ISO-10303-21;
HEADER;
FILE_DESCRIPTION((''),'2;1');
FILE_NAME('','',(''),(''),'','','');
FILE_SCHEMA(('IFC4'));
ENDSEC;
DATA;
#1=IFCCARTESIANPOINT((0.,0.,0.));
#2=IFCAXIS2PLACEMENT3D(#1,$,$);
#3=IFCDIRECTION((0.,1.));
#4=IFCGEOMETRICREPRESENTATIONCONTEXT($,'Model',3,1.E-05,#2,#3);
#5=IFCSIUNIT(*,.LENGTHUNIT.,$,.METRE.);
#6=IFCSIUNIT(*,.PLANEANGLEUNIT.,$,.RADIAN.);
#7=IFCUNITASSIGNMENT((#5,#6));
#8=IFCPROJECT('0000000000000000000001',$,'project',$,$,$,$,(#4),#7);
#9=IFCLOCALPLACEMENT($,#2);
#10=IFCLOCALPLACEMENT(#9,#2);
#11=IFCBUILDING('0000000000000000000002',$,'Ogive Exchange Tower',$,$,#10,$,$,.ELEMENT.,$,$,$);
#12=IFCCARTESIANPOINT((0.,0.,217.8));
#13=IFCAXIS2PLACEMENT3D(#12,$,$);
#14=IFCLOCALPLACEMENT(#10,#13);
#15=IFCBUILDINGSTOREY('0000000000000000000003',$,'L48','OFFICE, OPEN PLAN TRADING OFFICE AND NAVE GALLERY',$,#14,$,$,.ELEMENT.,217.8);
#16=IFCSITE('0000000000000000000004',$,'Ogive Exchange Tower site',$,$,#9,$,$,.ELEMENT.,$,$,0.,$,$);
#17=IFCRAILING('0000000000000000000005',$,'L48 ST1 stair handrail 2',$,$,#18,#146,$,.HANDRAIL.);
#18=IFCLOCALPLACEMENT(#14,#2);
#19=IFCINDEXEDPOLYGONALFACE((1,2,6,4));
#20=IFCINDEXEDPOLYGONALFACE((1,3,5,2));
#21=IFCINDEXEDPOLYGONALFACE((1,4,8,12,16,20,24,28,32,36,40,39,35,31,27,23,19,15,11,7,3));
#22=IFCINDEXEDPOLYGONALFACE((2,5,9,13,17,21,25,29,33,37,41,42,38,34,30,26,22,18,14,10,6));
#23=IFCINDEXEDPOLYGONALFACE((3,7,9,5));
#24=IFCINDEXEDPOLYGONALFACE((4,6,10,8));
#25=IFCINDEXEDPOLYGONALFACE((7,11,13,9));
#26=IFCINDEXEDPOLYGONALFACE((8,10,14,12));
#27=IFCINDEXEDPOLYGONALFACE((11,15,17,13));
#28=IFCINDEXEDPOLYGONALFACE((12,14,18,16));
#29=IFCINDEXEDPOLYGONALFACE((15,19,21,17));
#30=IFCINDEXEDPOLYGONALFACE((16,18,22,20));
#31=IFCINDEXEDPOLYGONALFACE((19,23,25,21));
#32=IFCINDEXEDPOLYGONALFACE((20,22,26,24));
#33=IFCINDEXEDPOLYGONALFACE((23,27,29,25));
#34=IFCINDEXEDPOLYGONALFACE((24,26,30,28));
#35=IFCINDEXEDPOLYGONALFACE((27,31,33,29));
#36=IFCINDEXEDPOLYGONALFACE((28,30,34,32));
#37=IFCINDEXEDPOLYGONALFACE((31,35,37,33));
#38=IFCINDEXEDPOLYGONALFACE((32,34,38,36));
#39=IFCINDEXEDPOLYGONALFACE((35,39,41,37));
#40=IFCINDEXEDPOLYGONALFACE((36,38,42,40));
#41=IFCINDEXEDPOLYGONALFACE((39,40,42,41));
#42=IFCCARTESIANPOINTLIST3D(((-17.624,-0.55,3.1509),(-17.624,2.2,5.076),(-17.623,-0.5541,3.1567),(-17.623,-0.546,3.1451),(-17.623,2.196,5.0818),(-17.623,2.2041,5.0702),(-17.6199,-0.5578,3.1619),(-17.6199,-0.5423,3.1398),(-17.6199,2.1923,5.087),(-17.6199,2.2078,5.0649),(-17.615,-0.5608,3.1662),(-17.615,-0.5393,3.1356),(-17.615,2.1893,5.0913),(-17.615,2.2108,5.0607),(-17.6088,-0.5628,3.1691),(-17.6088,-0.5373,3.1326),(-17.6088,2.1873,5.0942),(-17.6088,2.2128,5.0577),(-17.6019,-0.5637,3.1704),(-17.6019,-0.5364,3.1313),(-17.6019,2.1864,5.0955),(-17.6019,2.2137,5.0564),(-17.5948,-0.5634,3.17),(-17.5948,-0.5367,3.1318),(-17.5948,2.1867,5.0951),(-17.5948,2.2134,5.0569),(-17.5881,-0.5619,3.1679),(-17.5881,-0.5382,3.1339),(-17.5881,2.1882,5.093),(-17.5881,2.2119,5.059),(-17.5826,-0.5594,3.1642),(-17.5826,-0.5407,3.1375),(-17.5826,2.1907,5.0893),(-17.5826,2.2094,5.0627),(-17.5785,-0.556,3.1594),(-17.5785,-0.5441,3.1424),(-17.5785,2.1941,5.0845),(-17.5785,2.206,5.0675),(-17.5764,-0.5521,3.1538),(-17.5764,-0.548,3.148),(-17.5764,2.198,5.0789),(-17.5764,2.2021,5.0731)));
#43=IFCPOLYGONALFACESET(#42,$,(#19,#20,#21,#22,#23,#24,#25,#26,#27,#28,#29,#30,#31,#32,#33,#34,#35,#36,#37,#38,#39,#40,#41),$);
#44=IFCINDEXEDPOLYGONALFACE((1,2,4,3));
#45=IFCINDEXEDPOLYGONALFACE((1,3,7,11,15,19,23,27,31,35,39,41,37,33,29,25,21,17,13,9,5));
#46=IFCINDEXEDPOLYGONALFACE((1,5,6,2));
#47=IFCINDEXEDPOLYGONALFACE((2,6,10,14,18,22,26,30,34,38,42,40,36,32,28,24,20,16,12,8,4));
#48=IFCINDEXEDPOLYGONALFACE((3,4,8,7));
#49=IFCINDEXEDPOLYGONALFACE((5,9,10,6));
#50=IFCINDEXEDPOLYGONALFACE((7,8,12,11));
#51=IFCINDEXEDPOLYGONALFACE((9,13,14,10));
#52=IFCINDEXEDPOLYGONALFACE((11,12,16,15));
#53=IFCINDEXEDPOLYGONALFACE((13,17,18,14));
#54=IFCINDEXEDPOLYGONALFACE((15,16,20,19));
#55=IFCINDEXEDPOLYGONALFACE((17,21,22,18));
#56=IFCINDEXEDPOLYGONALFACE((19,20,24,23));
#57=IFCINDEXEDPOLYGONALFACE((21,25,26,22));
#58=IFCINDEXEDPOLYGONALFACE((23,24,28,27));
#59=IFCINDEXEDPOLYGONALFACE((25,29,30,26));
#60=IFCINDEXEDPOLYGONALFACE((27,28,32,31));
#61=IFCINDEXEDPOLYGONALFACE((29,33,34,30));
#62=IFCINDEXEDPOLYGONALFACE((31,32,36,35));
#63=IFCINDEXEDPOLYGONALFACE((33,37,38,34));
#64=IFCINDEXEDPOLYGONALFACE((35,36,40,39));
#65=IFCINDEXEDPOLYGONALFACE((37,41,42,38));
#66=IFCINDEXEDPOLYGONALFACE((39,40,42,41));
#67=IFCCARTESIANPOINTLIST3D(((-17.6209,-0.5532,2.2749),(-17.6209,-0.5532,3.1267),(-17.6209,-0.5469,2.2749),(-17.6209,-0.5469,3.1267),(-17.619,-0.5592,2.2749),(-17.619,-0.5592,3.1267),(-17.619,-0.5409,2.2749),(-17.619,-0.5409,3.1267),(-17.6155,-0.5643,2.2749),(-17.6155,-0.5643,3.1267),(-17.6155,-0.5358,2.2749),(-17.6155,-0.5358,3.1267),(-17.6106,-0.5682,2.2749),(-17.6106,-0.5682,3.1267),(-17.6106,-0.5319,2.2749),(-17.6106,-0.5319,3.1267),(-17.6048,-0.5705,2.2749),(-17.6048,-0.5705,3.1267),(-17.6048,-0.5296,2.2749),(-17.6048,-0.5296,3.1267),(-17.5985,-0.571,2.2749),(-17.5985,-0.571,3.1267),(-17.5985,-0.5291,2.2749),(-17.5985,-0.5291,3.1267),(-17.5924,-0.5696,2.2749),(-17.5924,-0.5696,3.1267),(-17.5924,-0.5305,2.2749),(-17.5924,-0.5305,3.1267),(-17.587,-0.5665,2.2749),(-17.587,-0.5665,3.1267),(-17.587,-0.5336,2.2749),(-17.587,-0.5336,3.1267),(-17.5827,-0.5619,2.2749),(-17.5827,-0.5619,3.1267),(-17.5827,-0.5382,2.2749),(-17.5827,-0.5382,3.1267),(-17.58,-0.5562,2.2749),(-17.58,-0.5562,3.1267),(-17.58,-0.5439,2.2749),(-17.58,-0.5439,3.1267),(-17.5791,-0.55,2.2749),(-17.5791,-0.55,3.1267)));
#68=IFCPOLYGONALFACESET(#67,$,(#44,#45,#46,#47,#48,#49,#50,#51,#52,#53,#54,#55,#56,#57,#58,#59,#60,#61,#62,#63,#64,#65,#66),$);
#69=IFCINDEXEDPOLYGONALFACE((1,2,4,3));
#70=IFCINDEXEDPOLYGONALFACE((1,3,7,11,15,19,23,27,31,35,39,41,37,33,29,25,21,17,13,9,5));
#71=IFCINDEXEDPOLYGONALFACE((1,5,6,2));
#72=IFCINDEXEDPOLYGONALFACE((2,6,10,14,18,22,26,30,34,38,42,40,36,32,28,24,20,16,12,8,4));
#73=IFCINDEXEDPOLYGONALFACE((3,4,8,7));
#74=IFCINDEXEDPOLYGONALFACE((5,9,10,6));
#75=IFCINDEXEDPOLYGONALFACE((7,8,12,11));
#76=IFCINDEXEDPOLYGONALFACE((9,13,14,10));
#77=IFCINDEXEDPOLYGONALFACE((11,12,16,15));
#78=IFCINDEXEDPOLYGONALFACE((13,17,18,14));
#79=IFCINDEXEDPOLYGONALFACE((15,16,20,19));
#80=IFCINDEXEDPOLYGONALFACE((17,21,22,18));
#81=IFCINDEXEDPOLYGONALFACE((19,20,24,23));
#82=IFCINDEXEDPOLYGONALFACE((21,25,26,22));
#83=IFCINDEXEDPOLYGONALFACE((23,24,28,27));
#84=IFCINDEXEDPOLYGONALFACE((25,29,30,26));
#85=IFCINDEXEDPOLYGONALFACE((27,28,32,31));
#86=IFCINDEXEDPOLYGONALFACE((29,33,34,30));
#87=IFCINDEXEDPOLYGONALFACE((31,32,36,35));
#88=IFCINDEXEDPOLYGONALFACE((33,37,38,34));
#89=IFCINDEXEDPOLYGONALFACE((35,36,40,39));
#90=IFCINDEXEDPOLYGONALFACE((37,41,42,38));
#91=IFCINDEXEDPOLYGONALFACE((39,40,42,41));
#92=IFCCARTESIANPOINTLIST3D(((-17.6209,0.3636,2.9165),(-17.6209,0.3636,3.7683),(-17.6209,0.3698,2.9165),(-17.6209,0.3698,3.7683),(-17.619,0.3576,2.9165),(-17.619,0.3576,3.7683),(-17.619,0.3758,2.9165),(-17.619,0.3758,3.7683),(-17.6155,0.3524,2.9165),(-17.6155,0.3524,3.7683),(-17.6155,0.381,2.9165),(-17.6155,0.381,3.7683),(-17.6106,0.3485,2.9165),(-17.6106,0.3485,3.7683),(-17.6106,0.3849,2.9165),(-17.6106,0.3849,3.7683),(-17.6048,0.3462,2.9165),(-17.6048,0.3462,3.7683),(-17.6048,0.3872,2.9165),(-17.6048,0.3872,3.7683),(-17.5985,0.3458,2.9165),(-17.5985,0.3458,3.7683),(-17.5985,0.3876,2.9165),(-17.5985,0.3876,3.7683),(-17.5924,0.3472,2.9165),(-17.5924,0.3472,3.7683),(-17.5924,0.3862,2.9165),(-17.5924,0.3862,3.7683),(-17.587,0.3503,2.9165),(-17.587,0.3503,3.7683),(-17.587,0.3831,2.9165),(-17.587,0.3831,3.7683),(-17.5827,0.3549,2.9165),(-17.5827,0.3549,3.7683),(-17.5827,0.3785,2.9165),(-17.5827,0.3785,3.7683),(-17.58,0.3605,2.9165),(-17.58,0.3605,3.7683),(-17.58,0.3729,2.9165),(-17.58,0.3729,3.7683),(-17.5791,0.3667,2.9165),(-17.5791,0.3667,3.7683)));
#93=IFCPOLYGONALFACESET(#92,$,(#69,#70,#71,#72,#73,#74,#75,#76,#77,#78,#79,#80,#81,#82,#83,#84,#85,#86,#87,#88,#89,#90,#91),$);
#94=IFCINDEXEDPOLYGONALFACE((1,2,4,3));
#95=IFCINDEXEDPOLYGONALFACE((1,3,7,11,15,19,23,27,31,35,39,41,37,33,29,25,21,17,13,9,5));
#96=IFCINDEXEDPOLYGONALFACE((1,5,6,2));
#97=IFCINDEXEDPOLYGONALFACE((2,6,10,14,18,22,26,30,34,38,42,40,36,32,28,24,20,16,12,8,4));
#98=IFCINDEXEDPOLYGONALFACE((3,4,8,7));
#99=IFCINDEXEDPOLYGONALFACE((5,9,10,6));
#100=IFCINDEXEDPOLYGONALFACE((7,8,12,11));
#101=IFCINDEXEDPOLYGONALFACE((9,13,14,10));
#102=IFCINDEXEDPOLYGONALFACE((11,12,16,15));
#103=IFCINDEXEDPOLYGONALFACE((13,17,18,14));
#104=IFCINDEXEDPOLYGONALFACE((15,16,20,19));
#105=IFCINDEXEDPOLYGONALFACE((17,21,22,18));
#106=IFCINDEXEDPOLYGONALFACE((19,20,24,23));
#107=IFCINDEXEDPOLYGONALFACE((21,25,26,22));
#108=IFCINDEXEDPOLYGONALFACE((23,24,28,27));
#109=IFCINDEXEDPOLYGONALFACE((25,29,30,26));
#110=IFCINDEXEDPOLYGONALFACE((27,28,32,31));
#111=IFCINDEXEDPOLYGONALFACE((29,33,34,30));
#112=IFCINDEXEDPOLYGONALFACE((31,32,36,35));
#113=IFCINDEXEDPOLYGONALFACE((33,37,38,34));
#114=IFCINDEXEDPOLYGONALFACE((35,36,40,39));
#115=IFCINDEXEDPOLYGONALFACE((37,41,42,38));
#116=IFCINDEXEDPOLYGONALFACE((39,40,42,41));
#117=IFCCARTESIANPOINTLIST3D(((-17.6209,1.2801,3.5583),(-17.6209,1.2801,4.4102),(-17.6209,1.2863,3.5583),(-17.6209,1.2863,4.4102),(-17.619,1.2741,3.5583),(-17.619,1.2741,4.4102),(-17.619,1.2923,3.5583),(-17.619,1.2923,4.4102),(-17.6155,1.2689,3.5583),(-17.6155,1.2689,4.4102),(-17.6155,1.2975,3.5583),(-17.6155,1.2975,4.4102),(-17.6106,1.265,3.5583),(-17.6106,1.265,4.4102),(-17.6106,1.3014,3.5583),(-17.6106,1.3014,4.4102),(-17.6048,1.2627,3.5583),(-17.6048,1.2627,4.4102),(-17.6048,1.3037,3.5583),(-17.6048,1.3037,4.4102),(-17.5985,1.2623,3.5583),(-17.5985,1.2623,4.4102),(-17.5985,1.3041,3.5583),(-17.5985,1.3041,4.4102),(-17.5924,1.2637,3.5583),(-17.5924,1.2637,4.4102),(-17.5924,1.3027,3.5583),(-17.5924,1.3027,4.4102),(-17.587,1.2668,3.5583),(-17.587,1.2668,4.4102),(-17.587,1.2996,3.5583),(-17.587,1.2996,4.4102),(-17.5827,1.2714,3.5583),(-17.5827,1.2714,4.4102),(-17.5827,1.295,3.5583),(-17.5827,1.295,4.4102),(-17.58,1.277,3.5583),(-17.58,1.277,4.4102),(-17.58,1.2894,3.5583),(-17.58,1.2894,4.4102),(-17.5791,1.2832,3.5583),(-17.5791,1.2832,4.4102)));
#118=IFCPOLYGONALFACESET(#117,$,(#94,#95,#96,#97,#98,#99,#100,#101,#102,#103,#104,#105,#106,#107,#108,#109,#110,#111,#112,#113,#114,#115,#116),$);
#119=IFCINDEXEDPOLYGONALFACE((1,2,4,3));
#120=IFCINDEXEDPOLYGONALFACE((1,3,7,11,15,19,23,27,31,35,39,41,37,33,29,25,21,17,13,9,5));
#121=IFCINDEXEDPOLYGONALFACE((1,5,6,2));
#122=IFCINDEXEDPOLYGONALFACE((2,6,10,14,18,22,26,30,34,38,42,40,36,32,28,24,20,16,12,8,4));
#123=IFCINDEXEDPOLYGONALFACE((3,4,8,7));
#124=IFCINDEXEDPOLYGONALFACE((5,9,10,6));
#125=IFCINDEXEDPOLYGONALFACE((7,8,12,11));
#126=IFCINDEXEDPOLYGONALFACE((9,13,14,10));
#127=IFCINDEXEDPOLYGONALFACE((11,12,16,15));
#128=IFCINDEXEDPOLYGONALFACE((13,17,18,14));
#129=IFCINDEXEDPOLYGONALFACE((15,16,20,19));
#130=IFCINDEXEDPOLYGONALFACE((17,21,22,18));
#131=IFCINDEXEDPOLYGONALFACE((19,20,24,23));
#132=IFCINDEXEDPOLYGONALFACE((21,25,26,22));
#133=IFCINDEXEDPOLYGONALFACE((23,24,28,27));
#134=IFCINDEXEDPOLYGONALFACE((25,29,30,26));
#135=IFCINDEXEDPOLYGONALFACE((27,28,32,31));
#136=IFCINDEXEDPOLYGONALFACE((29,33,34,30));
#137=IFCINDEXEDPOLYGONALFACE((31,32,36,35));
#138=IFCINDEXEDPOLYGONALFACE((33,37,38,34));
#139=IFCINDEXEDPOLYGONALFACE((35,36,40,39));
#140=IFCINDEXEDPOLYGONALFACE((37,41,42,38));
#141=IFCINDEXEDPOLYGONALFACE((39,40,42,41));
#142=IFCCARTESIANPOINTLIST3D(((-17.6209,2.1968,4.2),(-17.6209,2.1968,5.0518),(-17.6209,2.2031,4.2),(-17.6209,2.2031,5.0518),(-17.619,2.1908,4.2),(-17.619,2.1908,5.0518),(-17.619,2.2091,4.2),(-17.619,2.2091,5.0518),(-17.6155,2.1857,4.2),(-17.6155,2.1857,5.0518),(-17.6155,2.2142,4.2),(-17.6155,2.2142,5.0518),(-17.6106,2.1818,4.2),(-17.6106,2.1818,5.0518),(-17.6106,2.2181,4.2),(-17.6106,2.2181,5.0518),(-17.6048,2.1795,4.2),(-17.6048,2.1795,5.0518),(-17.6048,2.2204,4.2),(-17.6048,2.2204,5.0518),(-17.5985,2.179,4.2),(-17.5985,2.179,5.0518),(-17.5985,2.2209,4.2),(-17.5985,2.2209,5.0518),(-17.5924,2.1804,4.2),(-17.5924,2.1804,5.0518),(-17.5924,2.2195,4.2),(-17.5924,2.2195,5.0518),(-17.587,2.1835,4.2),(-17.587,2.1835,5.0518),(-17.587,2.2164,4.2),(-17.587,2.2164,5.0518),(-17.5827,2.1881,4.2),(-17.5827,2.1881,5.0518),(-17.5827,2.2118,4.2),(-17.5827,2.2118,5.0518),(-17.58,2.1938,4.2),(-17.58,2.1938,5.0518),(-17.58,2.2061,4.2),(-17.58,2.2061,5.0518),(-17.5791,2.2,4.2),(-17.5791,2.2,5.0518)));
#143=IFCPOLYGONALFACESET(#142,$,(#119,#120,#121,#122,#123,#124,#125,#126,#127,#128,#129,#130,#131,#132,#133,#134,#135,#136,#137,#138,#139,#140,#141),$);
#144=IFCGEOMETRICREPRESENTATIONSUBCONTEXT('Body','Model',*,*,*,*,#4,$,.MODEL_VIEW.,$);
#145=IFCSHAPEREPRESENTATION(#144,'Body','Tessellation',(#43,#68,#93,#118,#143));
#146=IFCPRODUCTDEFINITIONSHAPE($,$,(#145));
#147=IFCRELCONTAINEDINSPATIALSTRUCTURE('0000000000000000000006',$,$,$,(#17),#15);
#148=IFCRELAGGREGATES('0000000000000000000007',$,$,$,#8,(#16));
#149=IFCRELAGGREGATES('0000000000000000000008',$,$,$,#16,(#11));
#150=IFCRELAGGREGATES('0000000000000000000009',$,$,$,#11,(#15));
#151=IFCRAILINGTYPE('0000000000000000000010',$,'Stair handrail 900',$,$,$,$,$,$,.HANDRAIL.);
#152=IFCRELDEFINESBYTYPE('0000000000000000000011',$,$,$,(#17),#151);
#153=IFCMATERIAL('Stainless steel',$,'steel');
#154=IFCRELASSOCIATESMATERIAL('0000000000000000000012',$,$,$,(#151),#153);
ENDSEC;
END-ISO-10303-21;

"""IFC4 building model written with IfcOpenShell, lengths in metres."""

from ifc_helpers import new_model, si_unit, direction, frame, origin, origin_2d, place, context, subcontext, project, spatial, circle, extrude, material, type_object, element, save


model = new_model("IFC4")

# Units and contexts
model_context = context("Model", 3, precision=1e-05, world=origin(), true_north=direction((0.0, 1.0)))
body_context = subcontext(model_context, "Body", "Model", "MODEL_VIEW")
ifc_project = project(units=[si_unit("LENGTHUNIT", "METRE"), si_unit("PLANEANGLEUNIT", "RADIAN")], contexts=[model_context])

# Site, building, storey
site_placement = place(None, origin())
site = spatial("IfcSite", under=ifc_project, at=site_placement, Name="Ogive Exchange Tower site", CompositionType="ELEMENT", RefElevation=0.0)
building_placement = place(site_placement, origin())
building = spatial("IfcBuilding", under=site, at=building_placement, Name="Ogive Exchange Tower", CompositionType="ELEMENT")
storey_placement = place(building_placement, frame((0.0, 0.0, 217.8)))
storey = spatial("IfcBuildingStorey", under=building, at=storey_placement, Name="L48", Description="OFFICE, OPEN PLAN TRADING OFFICE AND NAVE GALLERY", CompositionType="ELEMENT", Elevation=217.8)

# Shared definitions
ifc_material_1 = material(Name="Stainless steel", Category="steel")

# Railing
railing_type = type_object("IfcRailingType", Name="Stair handrail 900", PredefinedType="HANDRAIL", material=ifc_material_1)
railing_placement = place(storey_placement, frame((-17.6001, -0.55, 2.2749)))
element("IfcRailing", 1, at=railing_placement, inside=storey, type_object=railing_type, Name="L48 ST1 stair handrail 2", PredefinedType="HANDRAIL", context=body_context, shape_type="SweptSolid", body=[
    extrude(circle(Radius=0.0239, at=origin_2d()), frame((0.0, 0.0, 0.876), z_axis=(0.0, 0.819225, 0.573472), x_axis=(-1.0, 0.0, 0.0)), (0.0, 0.0, 1.0), 3.3569),
    extrude(circle(Radius=0.021, at=origin_2d()), origin(), (0.0, 0.0, 1.0), 0.8518),
    extrude(circle(Radius=0.021, at=origin_2d()), frame((0.0, 0.9167, 0.6416)), (0.0, 0.0, 1.0), 0.8518),
    extrude(circle(Radius=0.021, at=origin_2d()), frame((0.0, 1.8333, 1.2834)), (0.0, 0.0, 1.0), 0.8518),
    extrude(circle(Radius=0.021, at=origin_2d()), frame((0.0, 2.75, 1.925)), (0.0, 0.0, 1.0), 0.8518),
])

save(model, "model.ifc")
